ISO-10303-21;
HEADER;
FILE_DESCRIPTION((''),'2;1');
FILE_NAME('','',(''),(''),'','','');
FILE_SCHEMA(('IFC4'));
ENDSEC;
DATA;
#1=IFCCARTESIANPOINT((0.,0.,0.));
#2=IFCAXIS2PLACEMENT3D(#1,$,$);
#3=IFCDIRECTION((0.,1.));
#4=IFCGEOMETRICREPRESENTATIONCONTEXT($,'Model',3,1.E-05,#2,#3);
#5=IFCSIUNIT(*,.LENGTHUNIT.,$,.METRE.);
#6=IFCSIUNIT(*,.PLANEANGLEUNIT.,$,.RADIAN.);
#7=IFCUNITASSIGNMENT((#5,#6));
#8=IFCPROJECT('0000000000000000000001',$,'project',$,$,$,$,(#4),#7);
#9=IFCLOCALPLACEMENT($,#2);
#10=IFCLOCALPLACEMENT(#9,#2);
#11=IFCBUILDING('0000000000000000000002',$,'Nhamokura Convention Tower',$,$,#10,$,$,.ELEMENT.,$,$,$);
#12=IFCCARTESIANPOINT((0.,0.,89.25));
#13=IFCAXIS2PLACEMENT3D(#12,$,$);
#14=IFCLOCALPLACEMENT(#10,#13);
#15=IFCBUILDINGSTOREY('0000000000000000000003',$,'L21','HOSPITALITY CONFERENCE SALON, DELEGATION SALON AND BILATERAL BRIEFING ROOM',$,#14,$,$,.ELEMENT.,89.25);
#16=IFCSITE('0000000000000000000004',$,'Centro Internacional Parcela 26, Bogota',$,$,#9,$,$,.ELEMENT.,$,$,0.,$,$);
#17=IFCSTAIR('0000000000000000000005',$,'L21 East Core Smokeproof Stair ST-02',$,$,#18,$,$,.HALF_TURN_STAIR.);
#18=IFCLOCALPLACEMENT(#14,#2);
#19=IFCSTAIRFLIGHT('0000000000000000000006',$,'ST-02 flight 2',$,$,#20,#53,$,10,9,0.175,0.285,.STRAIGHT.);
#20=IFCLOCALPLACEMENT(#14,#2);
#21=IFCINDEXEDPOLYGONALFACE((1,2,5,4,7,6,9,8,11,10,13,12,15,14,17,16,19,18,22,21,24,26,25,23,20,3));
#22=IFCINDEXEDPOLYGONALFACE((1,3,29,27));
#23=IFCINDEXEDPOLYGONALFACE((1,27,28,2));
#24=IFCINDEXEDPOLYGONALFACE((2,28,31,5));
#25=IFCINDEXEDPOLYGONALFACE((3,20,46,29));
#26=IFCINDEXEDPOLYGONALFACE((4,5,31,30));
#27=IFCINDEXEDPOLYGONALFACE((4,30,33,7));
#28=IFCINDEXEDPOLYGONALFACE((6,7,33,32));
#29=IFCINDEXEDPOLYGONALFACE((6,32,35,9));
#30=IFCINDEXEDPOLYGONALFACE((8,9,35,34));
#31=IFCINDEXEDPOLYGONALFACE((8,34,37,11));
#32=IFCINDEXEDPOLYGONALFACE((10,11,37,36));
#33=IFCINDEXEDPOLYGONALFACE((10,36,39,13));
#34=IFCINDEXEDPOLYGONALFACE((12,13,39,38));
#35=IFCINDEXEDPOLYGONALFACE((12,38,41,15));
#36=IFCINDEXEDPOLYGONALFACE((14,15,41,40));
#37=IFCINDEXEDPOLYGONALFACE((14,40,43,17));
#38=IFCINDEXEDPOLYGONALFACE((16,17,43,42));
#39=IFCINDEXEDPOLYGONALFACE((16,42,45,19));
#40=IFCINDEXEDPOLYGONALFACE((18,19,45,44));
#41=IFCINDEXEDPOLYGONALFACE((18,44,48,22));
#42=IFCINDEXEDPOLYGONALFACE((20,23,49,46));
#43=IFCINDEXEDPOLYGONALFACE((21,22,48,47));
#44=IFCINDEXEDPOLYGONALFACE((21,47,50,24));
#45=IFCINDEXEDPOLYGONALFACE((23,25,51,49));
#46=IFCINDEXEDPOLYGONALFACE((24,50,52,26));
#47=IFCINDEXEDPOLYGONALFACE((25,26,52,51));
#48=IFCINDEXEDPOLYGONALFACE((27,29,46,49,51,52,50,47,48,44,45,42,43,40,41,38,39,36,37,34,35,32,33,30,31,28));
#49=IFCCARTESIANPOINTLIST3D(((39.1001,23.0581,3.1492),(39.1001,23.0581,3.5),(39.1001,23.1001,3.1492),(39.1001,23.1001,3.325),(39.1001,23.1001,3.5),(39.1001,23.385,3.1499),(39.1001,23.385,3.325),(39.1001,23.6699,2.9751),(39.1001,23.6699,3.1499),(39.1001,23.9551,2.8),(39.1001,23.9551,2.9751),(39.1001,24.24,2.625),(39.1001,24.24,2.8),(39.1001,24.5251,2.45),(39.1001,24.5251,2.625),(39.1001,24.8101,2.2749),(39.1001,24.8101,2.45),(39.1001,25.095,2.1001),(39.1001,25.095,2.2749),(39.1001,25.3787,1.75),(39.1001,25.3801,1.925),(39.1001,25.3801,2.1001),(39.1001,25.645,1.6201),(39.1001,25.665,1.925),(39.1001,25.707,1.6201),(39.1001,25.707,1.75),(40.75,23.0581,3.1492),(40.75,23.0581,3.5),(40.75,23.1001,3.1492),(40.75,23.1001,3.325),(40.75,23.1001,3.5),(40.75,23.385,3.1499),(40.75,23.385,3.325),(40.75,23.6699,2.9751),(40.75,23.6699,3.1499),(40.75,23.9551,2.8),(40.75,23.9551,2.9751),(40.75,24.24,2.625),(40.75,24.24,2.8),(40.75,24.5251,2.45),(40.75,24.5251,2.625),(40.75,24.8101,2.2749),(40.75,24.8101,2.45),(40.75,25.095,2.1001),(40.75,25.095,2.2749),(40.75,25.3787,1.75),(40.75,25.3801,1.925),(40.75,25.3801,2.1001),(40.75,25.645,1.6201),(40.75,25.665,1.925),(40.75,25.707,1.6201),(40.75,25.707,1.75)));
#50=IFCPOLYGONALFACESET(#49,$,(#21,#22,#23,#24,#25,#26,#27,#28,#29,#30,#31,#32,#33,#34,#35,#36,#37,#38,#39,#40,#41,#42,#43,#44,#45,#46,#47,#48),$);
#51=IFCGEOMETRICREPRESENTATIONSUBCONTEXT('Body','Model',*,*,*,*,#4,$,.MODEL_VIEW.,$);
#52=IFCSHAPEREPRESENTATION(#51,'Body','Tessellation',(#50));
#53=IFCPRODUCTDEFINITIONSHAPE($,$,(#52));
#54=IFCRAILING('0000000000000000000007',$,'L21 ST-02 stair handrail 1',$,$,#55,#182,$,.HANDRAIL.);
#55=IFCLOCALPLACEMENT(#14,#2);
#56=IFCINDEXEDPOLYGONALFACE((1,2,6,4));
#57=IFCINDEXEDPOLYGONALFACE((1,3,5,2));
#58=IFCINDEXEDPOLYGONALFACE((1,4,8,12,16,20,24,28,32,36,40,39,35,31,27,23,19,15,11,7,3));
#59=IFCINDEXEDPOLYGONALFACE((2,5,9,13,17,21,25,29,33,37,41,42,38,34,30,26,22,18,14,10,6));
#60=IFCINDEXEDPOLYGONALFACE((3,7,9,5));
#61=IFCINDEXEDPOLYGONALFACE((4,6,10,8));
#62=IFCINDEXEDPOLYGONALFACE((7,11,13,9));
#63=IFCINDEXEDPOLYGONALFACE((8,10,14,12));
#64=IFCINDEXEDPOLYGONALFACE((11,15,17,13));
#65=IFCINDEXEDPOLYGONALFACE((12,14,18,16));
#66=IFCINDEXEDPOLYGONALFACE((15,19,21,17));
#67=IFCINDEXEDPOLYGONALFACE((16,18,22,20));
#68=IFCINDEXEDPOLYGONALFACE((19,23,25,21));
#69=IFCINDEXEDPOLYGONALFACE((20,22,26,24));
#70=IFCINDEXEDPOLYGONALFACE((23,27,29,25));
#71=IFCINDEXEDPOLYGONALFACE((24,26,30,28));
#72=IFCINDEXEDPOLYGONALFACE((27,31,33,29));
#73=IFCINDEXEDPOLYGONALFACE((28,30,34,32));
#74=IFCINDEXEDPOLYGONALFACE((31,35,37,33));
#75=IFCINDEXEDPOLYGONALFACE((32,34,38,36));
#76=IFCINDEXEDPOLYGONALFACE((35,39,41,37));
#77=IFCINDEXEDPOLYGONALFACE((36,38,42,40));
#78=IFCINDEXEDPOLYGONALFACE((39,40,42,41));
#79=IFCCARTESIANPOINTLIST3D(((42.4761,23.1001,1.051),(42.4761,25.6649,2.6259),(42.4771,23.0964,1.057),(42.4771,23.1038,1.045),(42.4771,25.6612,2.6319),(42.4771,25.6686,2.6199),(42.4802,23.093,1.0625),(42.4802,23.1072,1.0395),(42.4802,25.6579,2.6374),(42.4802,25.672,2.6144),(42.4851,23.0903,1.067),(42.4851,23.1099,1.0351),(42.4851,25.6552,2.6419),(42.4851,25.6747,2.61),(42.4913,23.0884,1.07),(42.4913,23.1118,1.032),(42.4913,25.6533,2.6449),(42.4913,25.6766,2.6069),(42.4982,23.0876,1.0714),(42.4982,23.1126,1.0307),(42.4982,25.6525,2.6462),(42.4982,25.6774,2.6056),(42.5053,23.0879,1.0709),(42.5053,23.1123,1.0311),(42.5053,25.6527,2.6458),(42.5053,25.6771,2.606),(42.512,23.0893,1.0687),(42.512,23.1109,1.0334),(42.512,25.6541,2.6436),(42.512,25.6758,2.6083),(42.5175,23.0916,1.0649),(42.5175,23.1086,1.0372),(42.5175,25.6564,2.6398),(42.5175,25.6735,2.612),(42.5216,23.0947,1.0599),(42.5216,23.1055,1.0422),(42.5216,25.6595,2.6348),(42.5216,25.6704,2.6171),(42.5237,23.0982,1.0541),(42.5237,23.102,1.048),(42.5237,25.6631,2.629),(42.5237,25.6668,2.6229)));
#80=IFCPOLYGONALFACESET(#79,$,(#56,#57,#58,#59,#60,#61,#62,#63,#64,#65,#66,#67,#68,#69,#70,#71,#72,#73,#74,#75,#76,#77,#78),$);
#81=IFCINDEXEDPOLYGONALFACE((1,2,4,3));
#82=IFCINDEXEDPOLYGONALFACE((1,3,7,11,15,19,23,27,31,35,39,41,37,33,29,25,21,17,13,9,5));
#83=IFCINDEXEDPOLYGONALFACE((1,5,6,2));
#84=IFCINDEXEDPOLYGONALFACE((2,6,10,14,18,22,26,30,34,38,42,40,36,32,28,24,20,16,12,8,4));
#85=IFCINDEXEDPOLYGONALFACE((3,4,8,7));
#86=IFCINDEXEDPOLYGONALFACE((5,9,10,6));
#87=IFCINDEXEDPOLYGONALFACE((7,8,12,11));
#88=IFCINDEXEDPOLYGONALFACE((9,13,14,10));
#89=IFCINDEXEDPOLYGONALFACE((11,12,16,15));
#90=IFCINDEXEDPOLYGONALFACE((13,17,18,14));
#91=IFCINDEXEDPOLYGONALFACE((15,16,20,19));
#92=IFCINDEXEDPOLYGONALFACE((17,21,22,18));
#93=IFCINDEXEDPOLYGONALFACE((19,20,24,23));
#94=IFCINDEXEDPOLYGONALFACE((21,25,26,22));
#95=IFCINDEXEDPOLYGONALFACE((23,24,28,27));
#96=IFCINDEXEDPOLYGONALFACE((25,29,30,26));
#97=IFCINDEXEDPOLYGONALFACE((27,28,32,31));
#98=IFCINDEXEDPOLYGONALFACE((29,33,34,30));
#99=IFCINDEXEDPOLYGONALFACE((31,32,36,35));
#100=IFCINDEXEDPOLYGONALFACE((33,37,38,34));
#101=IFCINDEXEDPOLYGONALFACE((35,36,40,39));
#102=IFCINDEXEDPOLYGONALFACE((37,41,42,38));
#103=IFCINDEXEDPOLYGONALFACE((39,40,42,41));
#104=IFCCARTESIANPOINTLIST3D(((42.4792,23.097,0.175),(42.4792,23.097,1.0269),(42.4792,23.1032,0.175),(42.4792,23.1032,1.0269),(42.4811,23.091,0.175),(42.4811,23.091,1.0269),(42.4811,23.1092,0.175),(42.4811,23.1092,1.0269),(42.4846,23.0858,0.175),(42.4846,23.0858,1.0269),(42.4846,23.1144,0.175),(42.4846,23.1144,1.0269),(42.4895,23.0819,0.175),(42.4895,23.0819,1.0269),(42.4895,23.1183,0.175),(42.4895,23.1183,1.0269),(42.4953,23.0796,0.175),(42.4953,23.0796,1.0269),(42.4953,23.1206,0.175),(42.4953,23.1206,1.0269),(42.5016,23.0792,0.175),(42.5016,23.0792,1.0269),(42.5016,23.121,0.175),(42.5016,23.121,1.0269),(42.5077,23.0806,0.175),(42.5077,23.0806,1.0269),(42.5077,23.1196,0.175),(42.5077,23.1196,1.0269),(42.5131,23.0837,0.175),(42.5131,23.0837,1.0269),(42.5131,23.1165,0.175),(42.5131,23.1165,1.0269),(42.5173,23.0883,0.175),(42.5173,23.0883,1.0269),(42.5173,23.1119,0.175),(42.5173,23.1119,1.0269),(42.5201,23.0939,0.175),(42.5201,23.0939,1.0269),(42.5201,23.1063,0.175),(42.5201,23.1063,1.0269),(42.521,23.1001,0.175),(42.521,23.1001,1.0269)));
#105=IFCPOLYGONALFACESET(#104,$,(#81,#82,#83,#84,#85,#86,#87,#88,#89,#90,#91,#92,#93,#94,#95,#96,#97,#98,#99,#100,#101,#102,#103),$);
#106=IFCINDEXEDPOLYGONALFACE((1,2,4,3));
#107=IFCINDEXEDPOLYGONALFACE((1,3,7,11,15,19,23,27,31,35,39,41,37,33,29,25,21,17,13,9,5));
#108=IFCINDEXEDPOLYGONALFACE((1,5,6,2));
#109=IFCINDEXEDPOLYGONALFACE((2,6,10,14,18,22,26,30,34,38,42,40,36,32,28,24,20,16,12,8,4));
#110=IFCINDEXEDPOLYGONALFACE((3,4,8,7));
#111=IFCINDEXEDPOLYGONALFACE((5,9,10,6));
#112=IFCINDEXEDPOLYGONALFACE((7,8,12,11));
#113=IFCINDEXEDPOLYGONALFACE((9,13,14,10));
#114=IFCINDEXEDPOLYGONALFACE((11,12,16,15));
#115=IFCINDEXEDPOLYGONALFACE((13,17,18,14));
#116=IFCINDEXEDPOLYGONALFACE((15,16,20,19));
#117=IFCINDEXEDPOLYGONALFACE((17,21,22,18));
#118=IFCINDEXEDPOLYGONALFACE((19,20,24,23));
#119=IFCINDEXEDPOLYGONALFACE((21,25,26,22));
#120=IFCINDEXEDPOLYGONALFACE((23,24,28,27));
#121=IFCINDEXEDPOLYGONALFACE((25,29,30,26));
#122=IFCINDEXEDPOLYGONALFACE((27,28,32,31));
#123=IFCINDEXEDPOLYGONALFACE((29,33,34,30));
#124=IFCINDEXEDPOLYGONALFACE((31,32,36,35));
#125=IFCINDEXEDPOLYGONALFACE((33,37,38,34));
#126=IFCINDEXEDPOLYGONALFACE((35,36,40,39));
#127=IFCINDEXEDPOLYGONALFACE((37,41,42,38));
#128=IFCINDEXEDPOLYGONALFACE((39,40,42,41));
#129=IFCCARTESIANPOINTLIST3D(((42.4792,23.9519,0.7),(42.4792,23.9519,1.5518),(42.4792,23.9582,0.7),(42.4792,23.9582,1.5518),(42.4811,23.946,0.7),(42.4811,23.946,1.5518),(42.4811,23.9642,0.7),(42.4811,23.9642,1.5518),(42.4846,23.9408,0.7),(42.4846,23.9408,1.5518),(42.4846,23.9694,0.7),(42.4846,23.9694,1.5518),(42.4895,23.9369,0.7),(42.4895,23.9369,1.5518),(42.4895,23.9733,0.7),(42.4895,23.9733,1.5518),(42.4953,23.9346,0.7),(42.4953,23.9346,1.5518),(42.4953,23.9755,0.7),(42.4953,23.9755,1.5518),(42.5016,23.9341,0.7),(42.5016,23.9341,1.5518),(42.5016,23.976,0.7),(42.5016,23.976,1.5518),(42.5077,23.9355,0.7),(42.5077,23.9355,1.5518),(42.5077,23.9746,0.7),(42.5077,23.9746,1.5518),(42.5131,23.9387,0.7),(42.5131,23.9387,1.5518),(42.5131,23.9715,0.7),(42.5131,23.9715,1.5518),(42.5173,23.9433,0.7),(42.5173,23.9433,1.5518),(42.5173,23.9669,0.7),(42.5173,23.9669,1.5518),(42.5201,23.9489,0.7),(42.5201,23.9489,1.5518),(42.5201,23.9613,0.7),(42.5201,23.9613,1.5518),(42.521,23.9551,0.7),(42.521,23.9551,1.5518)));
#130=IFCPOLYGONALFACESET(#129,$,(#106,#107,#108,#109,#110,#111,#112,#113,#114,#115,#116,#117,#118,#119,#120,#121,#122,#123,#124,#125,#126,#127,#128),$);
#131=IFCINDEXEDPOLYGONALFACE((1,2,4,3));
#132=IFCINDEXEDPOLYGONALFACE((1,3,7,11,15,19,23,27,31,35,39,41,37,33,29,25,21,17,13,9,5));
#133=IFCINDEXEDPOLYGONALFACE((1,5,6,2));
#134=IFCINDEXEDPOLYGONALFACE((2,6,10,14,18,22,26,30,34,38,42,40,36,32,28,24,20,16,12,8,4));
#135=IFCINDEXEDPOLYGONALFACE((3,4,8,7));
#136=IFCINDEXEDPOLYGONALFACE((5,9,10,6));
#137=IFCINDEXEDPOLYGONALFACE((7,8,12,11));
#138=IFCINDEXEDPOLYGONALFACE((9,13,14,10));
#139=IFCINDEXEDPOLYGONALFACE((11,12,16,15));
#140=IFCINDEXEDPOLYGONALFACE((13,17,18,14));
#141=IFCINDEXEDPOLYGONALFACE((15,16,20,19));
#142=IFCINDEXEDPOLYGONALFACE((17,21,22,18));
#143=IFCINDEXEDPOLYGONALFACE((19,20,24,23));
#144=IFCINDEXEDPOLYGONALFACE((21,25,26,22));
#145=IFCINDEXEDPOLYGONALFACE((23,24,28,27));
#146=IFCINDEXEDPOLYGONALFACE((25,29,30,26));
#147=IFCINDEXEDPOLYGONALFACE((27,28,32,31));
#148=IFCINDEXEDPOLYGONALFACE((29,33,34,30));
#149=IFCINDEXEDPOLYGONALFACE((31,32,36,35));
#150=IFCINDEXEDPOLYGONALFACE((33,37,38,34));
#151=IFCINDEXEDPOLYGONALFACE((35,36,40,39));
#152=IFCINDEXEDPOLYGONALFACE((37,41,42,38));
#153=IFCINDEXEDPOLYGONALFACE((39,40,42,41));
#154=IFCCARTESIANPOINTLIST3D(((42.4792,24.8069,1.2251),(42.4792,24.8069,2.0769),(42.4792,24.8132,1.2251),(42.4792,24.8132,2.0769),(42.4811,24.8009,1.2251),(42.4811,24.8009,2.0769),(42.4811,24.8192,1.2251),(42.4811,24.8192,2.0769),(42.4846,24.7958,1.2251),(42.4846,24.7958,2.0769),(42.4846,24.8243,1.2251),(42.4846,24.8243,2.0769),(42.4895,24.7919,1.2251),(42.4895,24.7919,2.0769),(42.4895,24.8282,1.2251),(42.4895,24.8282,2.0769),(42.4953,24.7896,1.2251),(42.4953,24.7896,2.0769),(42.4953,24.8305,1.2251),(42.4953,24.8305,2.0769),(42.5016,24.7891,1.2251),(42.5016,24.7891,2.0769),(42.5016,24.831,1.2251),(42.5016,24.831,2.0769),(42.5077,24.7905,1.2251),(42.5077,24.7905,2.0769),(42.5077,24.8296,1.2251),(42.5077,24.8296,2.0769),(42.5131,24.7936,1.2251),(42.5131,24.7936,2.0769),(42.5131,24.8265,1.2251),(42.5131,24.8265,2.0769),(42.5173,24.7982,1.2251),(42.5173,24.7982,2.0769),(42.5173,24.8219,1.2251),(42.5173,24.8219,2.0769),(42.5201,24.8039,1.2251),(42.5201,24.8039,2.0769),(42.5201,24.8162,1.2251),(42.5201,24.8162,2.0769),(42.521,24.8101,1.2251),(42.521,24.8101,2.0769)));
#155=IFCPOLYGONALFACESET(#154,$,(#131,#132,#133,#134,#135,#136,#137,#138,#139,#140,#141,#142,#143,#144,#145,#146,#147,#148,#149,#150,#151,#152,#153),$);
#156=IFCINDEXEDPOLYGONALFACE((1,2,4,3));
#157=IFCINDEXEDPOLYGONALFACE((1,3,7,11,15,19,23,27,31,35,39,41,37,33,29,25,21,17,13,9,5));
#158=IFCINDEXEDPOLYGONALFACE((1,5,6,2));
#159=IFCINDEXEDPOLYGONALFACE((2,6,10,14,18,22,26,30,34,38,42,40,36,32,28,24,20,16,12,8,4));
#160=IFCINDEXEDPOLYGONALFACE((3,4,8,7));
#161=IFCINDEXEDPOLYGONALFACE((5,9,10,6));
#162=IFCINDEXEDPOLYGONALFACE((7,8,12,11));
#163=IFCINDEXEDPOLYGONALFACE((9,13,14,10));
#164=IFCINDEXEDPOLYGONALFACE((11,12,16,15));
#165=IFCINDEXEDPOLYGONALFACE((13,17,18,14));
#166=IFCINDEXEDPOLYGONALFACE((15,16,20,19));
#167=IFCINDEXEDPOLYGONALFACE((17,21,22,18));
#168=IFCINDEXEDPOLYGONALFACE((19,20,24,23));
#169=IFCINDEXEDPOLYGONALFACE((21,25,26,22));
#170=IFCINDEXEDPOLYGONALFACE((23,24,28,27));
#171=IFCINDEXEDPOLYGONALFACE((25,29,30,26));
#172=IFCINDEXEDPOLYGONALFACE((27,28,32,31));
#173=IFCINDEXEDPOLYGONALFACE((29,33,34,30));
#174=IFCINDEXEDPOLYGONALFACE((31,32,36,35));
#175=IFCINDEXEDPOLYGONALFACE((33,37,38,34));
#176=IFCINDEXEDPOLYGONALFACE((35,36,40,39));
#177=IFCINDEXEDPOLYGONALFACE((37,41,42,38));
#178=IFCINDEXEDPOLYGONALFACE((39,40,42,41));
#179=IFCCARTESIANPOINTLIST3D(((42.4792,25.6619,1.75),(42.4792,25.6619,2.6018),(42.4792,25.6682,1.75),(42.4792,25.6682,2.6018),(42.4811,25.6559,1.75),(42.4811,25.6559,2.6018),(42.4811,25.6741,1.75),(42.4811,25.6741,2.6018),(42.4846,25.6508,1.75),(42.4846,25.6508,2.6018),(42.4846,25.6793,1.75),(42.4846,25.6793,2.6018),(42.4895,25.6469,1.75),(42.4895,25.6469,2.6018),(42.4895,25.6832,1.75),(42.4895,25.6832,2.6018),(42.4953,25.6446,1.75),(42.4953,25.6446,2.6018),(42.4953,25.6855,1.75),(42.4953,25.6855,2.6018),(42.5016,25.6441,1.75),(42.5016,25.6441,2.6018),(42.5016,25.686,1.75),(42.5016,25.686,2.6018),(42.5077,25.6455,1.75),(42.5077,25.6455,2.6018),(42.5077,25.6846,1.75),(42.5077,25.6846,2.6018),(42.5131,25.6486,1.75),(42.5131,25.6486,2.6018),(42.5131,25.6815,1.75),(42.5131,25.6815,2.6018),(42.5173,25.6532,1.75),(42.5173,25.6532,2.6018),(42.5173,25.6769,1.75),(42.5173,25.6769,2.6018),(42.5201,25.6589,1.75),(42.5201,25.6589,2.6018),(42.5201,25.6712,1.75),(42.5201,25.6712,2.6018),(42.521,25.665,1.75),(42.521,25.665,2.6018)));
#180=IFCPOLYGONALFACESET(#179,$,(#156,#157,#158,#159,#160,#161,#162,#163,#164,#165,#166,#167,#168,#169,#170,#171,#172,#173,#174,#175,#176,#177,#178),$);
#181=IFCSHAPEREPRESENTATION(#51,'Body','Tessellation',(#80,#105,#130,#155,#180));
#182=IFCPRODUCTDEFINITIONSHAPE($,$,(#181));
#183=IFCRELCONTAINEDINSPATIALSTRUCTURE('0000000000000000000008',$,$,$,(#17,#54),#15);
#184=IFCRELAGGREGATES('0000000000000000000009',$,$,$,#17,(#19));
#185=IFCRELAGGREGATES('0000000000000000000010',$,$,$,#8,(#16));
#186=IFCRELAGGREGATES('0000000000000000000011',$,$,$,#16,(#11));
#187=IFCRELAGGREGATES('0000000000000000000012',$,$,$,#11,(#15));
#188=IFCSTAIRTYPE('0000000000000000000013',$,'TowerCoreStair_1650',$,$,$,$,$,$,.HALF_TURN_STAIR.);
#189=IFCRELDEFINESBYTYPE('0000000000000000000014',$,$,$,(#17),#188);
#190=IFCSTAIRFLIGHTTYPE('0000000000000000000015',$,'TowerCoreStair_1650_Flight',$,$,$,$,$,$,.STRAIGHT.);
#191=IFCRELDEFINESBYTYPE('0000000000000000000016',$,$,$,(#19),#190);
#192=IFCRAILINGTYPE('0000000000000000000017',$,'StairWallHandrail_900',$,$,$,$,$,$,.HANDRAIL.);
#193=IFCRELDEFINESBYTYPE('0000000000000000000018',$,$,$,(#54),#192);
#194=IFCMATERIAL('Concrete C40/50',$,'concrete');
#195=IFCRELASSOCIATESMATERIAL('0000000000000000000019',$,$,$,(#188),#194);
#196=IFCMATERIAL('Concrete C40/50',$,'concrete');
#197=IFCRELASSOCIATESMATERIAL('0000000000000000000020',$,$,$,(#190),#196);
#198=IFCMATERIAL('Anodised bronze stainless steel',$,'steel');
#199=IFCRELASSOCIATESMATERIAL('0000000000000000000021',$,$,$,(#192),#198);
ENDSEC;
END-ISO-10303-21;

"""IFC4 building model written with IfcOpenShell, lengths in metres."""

from ifc_helpers import new_model, si_unit, direction, frame, origin, origin_2d, place, context, subcontext, project, spatial, polyline, circle, outline, extrude, material, type_object, element, aggregate, save


model = new_model("IFC4")

# Units and contexts
model_context = context("Model", 3, precision=1e-05, world=origin(), true_north=direction((0.0, 1.0)))
body_context = subcontext(model_context, "Body", "Model", "MODEL_VIEW")
ifc_project = project(units=[si_unit("LENGTHUNIT", "METRE"), si_unit("PLANEANGLEUNIT", "RADIAN")], contexts=[model_context])

# Site, building, storey
site_placement = place(None, origin())
site = spatial("IfcSite", under=ifc_project, at=site_placement, Name="Centro Internacional Parcela 26, Bogota", CompositionType="ELEMENT", RefElevation=0.0)
building_placement = place(site_placement, origin())
building = spatial("IfcBuilding", under=site, at=building_placement, Name="Nhamokura Convention Tower", CompositionType="ELEMENT")
storey_placement = place(building_placement, frame((0.0, 0.0, 89.25)))
storey = spatial("IfcBuildingStorey", under=building, at=storey_placement, Name="L21", Description="HOSPITALITY CONFERENCE SALON, DELEGATION SALON AND BILATERAL BRIEFING ROOM", CompositionType="ELEMENT", Elevation=89.25)

# Stair, stair flight
ifc_material_1 = material(Name="Concrete C40/50", Category="concrete")
stair_type = type_object("IfcStairType", Name="TowerCoreStair_1650", PredefinedType="HALF_TURN_STAIR", material=ifc_material_1)
stair_placement = place(storey_placement, origin())
stair = element("IfcStair", 1, at=stair_placement, inside=storey, type_object=stair_type, Name="L21 East Core Smokeproof Stair ST-02", PredefinedType="HALF_TURN_STAIR")
ifc_material_2 = material(Name="Concrete C40/50", Category="concrete")
stair_flight_type = type_object("IfcStairFlightType", Name="TowerCoreStair_1650_Flight", PredefinedType="STRAIGHT", material=ifc_material_2)
stair_flight_1_placement = place(storey_placement, frame((39.925, 25.665, 1.75), z_axis=(0.0, 0.0, 1.0), x_axis=(0.0, -1.0, 0.0)))
stair_flight_1 = element("IfcStairFlight", 2, at=stair_flight_1_placement, type_object=stair_flight_type, Name="ST-02 flight 2", NumberOfRisers=10, NumberOfTreads=9, PredefinedType="STRAIGHT", RiserHeight=0.175, TreadLength=0.285, context=body_context, shape_type="SweptSolid", body=[
    extrude(outline(polyline([(-0.042, 0.0), (0.0, 0.175), (0.2849, 0.175), (0.2849, 0.3501), (0.5701, 0.3501), (0.5701, 0.5249), (0.855, 0.5249), (0.855, 0.7), (1.1399, 0.7), (1.1399, 0.875), (1.425, 0.875), (1.425, 1.05), (1.71, 1.05), (1.71, 1.2251), (1.9951, 1.2251), (1.9951, 1.3999), (2.28, 1.3999), (2.28, 1.575), (2.5649, 1.575), (2.5649, 1.75), (2.6069, 1.75), (2.6069, 1.3992), (2.5649, 1.3992), (0.2864, 0.0), (0.02, -0.1299), (-0.042, -0.1299), (-0.042, 0.0)])), frame((0.0, 0.825, 0.0), z_axis=(0.0, -1.0, 0.0), x_axis=(1.0, 0.0, 0.0)), (0.0, 0.0, 1.0), 1.6499),
])
aggregate(stair, [stair_flight_1])

# Railing
ifc_material_3 = material(Name="Anodised bronze stainless steel", Category="steel")
railing_type_1 = type_object("IfcRailingType", Name="StairWallHandrail_900", PredefinedType="HANDRAIL", material=ifc_material_3)
railing_1_placement = place(storey_placement, frame((42.5, 23.1001, 0.175)))
element("IfcRailing", 3, at=railing_1_placement, inside=storey, type_object=railing_type_1, Name="L21 ST-02 stair handrail 1", PredefinedType="HANDRAIL", context=body_context, shape_type="SweptSolid", body=[
    extrude(circle(Radius=0.0239, at=origin_2d()), frame((0.0, 0.0, 0.876), z_axis=(0.0, 0.852173, 0.52326), x_axis=(-1.0, 0.0, 0.0)), (0.0, 0.0, 1.0), 3.0098),
    extrude(circle(Radius=0.021, at=origin_2d()), origin(), (0.0, 0.0, 1.0), 0.8518),
    extrude(circle(Radius=0.021, at=origin_2d()), frame((0.0, 0.855, 0.5249)), (0.0, 0.0, 1.0), 0.8518),
    extrude(circle(Radius=0.021, at=origin_2d()), frame((0.0, 1.71, 1.05)), (0.0, 0.0, 1.0), 0.8518),
    extrude(circle(Radius=0.021, at=origin_2d()), frame((0.0, 2.5649, 1.575)), (0.0, 0.0, 1.0), 0.8518),
])

save(model, "model.ifc")
